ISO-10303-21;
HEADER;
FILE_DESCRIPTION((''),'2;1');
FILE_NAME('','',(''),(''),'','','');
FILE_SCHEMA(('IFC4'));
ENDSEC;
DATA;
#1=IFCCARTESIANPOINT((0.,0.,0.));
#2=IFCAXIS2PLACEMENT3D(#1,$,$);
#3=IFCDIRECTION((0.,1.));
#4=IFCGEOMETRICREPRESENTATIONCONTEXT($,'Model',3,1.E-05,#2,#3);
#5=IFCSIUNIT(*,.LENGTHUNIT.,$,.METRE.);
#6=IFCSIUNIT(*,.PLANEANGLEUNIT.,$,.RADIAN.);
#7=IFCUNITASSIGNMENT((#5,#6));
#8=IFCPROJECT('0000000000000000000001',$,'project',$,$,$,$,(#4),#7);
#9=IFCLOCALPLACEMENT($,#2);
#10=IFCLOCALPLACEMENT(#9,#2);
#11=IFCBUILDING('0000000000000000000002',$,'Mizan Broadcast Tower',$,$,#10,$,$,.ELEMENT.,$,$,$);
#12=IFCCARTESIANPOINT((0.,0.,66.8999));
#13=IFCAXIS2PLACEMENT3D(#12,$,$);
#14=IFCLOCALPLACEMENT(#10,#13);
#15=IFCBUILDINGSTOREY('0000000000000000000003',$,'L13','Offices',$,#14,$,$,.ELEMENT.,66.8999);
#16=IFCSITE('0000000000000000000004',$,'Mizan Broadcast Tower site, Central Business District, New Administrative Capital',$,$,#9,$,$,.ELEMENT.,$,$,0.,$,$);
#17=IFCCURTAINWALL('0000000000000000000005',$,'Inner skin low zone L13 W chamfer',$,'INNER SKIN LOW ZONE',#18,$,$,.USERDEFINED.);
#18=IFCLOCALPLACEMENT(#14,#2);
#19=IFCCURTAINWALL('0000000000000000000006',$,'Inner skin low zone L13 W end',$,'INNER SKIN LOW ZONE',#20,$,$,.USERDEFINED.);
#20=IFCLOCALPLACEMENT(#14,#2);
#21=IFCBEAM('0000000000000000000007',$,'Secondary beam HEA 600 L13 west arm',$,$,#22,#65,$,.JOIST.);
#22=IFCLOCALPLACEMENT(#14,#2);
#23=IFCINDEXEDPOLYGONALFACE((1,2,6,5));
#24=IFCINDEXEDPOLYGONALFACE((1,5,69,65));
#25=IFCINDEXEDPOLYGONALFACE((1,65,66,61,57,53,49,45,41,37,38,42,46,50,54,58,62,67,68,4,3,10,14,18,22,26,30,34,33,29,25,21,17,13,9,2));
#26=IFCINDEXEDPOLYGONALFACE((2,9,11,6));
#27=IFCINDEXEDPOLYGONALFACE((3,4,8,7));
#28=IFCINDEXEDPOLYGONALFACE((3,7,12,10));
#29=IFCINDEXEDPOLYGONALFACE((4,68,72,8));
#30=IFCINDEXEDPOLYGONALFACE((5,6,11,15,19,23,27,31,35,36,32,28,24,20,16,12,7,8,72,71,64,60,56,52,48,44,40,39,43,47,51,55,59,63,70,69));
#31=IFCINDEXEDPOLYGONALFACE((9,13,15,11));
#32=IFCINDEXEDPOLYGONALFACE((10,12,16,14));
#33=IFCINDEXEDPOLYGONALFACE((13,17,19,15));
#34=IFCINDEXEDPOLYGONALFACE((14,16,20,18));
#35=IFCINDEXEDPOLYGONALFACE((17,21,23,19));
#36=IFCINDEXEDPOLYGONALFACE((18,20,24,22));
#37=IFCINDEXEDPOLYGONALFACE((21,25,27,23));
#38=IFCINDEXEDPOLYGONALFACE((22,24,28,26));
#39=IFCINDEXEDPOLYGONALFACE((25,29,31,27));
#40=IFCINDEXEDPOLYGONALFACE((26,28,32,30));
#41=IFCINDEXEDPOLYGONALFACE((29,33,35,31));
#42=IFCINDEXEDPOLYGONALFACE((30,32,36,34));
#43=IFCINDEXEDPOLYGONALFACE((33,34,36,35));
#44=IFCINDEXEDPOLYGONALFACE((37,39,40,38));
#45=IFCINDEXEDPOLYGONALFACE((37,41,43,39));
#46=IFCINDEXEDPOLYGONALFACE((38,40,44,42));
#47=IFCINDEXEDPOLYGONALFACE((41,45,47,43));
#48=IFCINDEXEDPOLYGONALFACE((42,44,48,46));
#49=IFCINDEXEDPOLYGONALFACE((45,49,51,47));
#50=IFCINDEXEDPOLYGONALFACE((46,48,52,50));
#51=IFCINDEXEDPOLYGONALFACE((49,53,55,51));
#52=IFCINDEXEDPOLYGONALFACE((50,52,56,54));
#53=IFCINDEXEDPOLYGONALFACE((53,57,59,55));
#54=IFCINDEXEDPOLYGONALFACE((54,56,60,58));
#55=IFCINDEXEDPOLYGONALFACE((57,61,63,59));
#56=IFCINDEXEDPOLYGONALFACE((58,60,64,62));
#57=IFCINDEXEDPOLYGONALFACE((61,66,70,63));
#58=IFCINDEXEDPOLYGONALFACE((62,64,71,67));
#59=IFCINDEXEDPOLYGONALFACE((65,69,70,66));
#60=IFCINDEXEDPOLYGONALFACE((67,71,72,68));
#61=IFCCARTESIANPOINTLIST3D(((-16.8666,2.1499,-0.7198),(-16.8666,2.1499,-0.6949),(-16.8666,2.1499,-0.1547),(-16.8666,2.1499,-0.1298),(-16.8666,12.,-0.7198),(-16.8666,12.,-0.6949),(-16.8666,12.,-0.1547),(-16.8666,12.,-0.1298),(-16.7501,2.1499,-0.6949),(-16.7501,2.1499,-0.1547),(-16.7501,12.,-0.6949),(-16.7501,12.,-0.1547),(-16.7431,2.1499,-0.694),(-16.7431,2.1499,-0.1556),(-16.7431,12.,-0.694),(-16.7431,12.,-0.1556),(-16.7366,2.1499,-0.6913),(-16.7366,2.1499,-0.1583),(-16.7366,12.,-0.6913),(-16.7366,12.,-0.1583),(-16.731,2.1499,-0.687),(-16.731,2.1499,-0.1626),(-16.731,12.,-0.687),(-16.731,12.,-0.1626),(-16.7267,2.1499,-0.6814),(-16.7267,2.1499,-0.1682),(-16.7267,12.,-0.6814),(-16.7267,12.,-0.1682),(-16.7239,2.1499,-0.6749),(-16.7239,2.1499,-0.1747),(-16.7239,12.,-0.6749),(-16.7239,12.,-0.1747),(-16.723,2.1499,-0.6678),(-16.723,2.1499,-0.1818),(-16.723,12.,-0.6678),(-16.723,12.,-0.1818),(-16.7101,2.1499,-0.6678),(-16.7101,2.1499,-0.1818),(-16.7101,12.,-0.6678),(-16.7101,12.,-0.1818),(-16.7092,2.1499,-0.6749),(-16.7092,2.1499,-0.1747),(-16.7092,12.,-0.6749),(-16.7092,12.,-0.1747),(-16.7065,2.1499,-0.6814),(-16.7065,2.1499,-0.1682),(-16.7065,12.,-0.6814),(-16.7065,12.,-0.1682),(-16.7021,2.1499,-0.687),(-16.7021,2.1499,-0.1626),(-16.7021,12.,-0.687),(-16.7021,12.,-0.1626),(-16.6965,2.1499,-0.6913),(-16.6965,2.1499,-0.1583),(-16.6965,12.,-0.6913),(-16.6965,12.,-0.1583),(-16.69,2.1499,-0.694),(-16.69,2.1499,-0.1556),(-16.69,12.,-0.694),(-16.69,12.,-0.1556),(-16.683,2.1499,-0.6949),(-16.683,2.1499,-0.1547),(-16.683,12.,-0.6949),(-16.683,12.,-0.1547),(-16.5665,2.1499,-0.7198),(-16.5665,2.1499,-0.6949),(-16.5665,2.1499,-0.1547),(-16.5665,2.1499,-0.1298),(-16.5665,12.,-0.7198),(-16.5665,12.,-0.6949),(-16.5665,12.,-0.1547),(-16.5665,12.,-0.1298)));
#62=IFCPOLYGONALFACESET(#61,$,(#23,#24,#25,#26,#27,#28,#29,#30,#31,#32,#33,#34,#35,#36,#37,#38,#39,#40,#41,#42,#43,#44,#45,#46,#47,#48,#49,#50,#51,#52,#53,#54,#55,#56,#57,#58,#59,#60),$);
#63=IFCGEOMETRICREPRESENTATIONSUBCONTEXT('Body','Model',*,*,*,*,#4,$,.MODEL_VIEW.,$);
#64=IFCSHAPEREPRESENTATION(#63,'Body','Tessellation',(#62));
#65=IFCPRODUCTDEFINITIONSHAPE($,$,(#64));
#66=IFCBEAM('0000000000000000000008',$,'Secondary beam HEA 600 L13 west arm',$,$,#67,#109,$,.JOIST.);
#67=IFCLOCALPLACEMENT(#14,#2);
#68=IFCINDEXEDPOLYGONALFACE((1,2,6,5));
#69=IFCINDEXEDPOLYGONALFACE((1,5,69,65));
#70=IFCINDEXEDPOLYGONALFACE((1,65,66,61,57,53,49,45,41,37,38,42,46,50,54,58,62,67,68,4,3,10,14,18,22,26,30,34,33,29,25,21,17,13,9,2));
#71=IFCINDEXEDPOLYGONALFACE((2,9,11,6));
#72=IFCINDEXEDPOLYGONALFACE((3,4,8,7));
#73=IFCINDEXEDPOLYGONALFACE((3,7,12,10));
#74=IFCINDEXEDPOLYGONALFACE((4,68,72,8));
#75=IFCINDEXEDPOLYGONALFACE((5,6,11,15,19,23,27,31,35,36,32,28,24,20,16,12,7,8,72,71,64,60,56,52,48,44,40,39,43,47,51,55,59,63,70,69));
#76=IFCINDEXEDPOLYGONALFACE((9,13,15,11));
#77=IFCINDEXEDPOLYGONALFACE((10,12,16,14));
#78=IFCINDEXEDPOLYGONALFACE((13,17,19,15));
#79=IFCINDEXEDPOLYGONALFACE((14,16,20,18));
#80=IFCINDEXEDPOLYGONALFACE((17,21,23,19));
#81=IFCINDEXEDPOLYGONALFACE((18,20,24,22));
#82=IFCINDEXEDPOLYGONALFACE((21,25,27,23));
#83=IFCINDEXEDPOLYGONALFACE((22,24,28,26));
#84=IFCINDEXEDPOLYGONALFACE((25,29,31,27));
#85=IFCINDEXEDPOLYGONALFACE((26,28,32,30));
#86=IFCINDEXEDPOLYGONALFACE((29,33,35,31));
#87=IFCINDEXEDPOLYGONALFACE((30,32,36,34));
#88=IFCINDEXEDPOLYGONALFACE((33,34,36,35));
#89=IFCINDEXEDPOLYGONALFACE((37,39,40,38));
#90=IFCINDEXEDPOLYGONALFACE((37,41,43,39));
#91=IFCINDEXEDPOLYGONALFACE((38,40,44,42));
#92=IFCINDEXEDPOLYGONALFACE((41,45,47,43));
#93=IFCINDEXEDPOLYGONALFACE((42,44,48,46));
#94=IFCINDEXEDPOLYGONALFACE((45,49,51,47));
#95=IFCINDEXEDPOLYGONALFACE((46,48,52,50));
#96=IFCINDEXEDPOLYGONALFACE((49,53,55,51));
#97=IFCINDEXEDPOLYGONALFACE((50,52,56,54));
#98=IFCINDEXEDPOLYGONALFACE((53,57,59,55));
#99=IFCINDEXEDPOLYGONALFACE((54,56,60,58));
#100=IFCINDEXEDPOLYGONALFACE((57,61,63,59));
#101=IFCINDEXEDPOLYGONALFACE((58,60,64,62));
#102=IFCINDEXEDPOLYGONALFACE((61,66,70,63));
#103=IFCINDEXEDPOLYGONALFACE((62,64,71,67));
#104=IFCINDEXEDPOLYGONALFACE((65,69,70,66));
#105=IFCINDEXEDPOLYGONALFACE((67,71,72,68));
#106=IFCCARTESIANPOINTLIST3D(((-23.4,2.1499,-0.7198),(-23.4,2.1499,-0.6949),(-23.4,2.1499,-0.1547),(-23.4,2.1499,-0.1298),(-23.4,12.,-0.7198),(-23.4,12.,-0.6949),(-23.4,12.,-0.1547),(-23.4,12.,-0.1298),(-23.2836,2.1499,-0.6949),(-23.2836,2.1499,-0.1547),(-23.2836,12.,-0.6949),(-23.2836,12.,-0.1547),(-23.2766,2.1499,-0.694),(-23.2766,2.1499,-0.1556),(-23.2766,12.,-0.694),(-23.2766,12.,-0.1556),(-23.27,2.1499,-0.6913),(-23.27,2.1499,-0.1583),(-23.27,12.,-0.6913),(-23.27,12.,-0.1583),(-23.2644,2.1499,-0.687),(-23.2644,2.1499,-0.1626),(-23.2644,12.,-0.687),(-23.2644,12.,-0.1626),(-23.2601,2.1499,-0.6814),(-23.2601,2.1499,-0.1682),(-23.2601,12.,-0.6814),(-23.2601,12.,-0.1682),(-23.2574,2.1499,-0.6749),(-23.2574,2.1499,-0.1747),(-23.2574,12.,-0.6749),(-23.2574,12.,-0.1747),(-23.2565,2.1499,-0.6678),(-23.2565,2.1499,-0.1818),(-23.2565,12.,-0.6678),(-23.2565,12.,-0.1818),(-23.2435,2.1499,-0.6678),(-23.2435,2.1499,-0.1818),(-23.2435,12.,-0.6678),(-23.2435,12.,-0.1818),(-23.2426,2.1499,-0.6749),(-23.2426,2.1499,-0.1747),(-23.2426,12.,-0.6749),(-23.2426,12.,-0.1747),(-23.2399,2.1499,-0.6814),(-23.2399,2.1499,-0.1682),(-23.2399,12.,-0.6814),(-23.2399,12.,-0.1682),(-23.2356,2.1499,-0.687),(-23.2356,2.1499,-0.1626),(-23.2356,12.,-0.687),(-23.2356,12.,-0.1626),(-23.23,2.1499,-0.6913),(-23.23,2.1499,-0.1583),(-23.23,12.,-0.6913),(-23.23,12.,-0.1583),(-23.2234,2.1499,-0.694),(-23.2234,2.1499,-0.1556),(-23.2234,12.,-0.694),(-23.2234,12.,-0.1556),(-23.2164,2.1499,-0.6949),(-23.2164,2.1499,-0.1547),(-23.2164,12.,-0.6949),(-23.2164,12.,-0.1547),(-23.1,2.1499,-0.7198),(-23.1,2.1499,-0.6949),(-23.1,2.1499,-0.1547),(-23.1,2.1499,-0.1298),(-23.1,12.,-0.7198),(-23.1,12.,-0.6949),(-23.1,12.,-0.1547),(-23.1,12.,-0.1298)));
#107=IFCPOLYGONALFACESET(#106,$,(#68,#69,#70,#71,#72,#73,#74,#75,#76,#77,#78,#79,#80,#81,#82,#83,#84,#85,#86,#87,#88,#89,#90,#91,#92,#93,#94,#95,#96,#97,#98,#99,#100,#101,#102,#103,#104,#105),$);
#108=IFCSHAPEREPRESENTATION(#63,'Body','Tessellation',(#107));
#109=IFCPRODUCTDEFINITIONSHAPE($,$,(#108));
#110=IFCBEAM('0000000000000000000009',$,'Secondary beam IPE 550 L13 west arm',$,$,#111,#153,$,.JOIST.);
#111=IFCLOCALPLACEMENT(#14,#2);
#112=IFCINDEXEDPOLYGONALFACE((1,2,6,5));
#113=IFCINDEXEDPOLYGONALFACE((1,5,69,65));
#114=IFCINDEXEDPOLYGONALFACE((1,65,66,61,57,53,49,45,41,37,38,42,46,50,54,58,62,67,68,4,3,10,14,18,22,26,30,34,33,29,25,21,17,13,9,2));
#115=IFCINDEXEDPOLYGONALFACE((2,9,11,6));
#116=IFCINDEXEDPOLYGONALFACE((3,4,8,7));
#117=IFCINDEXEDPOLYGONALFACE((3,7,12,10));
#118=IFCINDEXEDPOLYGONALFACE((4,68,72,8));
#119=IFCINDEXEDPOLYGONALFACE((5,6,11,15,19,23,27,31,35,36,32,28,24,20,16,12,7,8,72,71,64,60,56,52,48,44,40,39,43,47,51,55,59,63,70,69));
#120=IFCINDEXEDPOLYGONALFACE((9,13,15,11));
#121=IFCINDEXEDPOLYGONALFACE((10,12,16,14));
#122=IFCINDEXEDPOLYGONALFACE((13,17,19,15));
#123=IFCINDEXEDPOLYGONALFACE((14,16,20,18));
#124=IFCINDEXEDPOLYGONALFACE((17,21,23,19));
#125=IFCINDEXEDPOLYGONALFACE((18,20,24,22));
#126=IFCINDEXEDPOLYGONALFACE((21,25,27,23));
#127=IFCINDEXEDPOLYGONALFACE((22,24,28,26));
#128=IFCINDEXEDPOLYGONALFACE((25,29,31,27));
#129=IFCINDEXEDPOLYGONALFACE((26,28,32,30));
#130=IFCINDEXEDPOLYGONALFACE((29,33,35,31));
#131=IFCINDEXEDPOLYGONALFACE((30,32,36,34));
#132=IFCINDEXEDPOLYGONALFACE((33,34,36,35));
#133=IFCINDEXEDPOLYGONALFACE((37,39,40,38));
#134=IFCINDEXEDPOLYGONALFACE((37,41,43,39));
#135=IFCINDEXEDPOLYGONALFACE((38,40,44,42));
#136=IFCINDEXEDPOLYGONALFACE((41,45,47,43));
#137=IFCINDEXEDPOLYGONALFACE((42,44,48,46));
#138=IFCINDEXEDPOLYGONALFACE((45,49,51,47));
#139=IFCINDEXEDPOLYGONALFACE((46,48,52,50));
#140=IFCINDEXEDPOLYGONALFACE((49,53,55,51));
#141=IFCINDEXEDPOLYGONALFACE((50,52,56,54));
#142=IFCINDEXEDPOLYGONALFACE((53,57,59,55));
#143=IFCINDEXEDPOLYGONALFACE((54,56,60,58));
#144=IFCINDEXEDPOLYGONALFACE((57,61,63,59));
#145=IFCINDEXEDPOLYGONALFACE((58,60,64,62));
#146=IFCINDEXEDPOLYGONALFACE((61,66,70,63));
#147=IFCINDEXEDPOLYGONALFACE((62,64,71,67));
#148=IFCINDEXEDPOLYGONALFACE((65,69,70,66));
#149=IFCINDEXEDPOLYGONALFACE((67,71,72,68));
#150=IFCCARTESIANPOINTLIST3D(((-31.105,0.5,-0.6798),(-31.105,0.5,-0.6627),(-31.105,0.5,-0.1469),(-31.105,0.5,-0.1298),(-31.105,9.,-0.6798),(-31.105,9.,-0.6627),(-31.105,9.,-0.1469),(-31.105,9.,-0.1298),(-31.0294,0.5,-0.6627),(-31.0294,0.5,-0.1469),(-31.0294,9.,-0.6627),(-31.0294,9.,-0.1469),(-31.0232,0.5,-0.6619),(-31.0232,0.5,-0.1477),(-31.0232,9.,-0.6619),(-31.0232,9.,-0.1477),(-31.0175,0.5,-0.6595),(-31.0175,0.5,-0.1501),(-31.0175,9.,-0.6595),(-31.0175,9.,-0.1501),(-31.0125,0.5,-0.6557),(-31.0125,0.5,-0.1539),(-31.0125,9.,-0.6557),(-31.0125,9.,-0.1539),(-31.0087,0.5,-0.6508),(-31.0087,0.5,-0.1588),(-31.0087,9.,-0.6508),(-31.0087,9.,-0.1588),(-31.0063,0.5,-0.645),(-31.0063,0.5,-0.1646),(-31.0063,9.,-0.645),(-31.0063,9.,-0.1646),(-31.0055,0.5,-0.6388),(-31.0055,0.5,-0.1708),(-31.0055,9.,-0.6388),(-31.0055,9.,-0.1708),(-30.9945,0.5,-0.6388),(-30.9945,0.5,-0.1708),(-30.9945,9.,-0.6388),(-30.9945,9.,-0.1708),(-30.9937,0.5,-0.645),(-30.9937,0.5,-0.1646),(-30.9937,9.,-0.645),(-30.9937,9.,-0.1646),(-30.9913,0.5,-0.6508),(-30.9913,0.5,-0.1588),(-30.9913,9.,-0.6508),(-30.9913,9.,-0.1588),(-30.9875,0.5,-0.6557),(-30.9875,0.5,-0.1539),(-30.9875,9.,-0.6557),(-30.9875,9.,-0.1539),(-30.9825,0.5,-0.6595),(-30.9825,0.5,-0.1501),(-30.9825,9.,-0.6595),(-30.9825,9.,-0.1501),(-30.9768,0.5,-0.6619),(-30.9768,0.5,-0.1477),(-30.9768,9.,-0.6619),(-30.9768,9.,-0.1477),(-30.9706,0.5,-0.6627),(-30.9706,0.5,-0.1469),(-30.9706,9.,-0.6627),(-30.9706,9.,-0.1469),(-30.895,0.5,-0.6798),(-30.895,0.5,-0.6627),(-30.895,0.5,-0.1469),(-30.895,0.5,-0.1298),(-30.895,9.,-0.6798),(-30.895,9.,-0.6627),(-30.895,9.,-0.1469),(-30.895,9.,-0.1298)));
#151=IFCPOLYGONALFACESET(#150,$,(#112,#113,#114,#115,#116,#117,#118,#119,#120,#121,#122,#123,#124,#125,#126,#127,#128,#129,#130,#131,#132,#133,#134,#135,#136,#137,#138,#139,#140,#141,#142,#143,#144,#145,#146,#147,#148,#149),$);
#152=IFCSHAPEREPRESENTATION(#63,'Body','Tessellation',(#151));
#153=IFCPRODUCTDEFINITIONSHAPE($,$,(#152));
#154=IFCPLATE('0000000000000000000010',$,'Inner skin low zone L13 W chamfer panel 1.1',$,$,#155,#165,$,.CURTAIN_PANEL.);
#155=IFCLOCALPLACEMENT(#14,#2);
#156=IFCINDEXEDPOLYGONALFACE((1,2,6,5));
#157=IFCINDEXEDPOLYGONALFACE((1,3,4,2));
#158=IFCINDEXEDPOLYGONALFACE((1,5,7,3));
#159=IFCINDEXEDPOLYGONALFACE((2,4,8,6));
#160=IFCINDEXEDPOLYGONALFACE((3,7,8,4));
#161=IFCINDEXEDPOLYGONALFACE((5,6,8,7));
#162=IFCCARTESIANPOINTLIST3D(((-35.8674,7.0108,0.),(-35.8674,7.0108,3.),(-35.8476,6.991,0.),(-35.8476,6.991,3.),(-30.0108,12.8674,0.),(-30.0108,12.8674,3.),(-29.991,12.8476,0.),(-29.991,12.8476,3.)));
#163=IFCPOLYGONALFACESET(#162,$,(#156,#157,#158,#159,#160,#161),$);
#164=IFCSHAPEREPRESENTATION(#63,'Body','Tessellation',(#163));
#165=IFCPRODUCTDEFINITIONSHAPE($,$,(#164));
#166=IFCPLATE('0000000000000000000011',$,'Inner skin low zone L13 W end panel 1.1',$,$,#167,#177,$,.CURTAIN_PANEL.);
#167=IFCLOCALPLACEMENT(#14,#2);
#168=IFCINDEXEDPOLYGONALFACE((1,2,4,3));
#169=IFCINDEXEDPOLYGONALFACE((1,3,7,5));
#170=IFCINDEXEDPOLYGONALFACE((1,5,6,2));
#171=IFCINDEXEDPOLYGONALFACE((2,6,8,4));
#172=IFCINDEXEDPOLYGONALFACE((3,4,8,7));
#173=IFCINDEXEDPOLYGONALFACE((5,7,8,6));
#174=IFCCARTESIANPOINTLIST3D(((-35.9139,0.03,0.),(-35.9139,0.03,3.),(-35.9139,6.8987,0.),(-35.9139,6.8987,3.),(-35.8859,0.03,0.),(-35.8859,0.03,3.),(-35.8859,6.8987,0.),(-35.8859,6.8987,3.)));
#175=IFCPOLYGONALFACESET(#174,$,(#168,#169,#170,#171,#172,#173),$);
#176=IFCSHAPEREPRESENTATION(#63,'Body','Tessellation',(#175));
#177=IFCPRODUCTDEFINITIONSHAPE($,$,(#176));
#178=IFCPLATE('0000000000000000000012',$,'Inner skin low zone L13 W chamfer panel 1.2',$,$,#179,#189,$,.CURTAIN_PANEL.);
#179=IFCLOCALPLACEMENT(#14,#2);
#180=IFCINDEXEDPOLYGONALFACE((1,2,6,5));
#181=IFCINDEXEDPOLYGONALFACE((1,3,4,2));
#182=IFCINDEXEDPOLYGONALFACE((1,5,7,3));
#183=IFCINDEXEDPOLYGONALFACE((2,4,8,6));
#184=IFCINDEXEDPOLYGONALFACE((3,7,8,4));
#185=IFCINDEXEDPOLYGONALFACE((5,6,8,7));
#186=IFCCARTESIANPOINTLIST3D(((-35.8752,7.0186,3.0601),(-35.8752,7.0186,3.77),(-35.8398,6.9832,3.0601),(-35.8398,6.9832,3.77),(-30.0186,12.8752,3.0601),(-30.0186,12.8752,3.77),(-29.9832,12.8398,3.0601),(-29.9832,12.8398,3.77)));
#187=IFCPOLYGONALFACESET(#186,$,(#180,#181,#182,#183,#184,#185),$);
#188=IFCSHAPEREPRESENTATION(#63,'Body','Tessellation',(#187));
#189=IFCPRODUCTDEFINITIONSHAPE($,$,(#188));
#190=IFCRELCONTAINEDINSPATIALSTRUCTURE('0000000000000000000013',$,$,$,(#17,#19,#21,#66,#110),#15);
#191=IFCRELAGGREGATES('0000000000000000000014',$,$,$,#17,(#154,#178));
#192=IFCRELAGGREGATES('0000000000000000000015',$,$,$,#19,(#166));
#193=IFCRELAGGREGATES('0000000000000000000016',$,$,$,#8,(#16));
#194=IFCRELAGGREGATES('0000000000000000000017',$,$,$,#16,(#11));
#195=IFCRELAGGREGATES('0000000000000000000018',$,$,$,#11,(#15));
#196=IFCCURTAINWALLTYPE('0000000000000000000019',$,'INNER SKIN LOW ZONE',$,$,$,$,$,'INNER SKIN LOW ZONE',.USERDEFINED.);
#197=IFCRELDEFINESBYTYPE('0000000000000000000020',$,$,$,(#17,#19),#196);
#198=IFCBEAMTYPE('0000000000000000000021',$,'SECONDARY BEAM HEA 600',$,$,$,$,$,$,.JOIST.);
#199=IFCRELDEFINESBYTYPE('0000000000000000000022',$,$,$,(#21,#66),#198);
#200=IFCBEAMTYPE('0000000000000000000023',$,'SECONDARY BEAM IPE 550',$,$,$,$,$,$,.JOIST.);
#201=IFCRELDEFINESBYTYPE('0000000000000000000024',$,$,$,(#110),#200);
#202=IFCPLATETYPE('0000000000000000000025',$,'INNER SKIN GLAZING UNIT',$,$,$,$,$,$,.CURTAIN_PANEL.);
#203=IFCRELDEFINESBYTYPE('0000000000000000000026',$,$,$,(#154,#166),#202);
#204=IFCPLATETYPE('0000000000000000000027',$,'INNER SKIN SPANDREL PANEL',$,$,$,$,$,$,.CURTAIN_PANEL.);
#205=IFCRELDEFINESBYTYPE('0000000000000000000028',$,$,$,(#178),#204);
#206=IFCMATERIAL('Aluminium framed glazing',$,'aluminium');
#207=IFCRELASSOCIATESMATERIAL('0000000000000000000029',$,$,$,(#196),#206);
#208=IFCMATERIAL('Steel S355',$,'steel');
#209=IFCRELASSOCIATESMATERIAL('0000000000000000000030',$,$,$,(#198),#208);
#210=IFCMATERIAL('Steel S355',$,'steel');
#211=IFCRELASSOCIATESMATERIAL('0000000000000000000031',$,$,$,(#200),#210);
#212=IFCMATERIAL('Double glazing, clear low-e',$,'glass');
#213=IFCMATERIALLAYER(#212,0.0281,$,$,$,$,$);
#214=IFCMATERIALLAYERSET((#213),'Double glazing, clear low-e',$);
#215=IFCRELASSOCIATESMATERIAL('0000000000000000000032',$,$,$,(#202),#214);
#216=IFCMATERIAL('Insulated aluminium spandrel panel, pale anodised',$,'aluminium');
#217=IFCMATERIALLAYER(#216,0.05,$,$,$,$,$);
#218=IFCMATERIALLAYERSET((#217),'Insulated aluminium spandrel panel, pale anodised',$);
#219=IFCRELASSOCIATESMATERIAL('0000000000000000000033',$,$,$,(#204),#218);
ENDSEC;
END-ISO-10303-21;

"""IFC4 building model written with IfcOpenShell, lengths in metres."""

from ifc_helpers import new_model, si_unit, direction, frame, origin, origin_2d, place, context, subcontext, project, spatial, rectangle, i_section, extrude, material, layer, layer_set, material_profile, profile_set, type_object, element, aggregate, save


model = new_model("IFC4")

# Units and contexts
model_context = context("Model", 3, precision=1e-05, world=origin(), true_north=direction((0.0, 1.0)))
body_context = subcontext(model_context, "Body", "Model", "MODEL_VIEW")
ifc_project = project(units=[si_unit("LENGTHUNIT", "METRE"), si_unit("PLANEANGLEUNIT", "RADIAN")], contexts=[model_context])

# Site, building, storey
site_placement = place(None, origin())
site = spatial("IfcSite", under=ifc_project, at=site_placement, Name="Mizan Broadcast Tower site, Central Business District, New Administrative Capital", CompositionType="ELEMENT", RefElevation=0.0)
building_placement = place(site_placement, origin())
building = spatial("IfcBuilding", under=site, at=building_placement, Name="Mizan Broadcast Tower", CompositionType="ELEMENT")
storey_placement = place(building_placement, frame((0.0, 0.0, 66.8999)))
storey = spatial("IfcBuildingStorey", under=building, at=storey_placement, Name="L13", Description="Offices", CompositionType="ELEMENT", Elevation=66.8999)

# Curtain walls
ifc_material_1 = material(Name="Aluminium framed glazing", Category="aluminium")
curtain_wall_type_1 = type_object("IfcCurtainWallType", Name="INNER SKIN LOW ZONE", ElementType="INNER SKIN LOW ZONE", PredefinedType="USERDEFINED", material=ifc_material_1)
curtain_wall_1_placement = place(storey_placement, origin())
curtain_wall_1 = element("IfcCurtainWall", 1, at=curtain_wall_1_placement, inside=storey, type_object=curtain_wall_type_1, Name="Inner skin low zone L13 W chamfer", ObjectType="INNER SKIN LOW ZONE", PredefinedType="USERDEFINED")
curtain_wall_2_placement = place(storey_placement, origin())
curtain_wall_2 = element("IfcCurtainWall", 2, at=curtain_wall_2_placement, inside=storey, type_object=curtain_wall_type_1, Name="Inner skin low zone L13 W end", ObjectType="INNER SKIN LOW ZONE", PredefinedType="USERDEFINED")

# Beams
ifc_material_2 = material(Name="Steel S355", Category="steel")
ifc_material_profile_1 = material_profile(ifc_material_2, i_section(OverallWidth=0.3, OverallDepth=0.5901, WebThickness=0.0129, FlangeThickness=0.0249, FilletRadius=0.0271, at=origin_2d()), Name="HEA 600")
ifc_profile_set_1 = profile_set([ifc_material_profile_1], Name="Steel S355")
beam_type_1 = type_object("IfcBeamType", Name="SECONDARY BEAM HEA 600", PredefinedType="JOIST", material=ifc_profile_set_1)
for number, where, z_axis, x_axis, name in (
    (3, (-16.7166, 12.0, -0.4248), (0.0, -1.0, 0.0), (1.0, 0.0, 0.0), "Secondary beam HEA 600 L13 west arm"),
    (4, (-23.25, 12.0, -0.4248), (0.0, -1.0, 0.0), (1.0, 0.0, 0.0), "Secondary beam HEA 600 L13 west arm"),
):
    element("IfcBeam", number, at=place(storey_placement, frame(where, z_axis=z_axis, x_axis=x_axis)), inside=storey, type_object=beam_type_1, Name=name, PredefinedType="JOIST", context=body_context, shape_type="SweptSolid", body=[
        extrude(i_section(OverallWidth=0.3, OverallDepth=0.5901, WebThickness=0.0129, FlangeThickness=0.0249, FilletRadius=0.0271, at=origin_2d()), origin(), (0.0, 0.0, 1.0), 9.8501),
    ])
ifc_material_3 = material(Name="Steel S355", Category="steel")
ifc_material_profile_2 = material_profile(ifc_material_3, i_section(OverallWidth=0.21, OverallDepth=0.55, WebThickness=0.011, FlangeThickness=0.0171, FilletRadius=0.0239, at=origin_2d()), Name="IPE 550")
ifc_profile_set_2 = profile_set([ifc_material_profile_2], Name="Steel S355")
beam_type_2 = type_object("IfcBeamType", Name="SECONDARY BEAM IPE 550", PredefinedType="JOIST", material=ifc_profile_set_2)
beam_1_placement = place(storey_placement, frame((-31.0, 9.0, -0.4048), z_axis=(0.0, -1.0, 0.0), x_axis=(1.0, 0.0, 0.0)))
element("IfcBeam", 5, at=beam_1_placement, inside=storey, type_object=beam_type_2, Name="Secondary beam IPE 550 L13 west arm", PredefinedType="JOIST", context=body_context, shape_type="SweptSolid", body=[
    extrude(i_section(OverallWidth=0.21, OverallDepth=0.55, WebThickness=0.011, FlangeThickness=0.0171, FilletRadius=0.0239, at=origin_2d()), origin(), (0.0, 0.0, 1.0), 8.5),
])

# Plates
ifc_material_4 = material(Name="Double glazing, clear low-e", Category="glass")
ifc_layer_1 = layer(ifc_material_4, 0.0281)
ifc_layer_set_1 = layer_set([ifc_layer_1], Name="Double glazing, clear low-e")
plate_type_1 = type_object("IfcPlateType", Name="INNER SKIN GLAZING UNIT", PredefinedType="CURTAIN_PANEL", material=ifc_layer_set_1)
plate_1_placement = place(storey_placement, frame((-32.9292, 9.9292, 0.0), z_axis=(0.0, 0.0, 1.0), x_axis=(-0.707107, -0.707107, 0.0)))
plate_1 = element("IfcPlate", 6, at=plate_1_placement, type_object=plate_type_1, Name="Inner skin low zone L13 W chamfer panel 1.1", PredefinedType="CURTAIN_PANEL", context=body_context, shape_type="SweptSolid", body=[
    extrude(rectangle(XDim=8.2825, YDim=0.0281, at=origin_2d()), origin(), (0.0, 0.0, 1.0), 3.0),
])
plate_2_placement = place(storey_placement, frame((-35.8999, 3.4644, 0.0), z_axis=(0.0, 0.0, 1.0), x_axis=(0.0, -1.0, 0.0)))
plate_2 = element("IfcPlate", 7, at=plate_2_placement, type_object=plate_type_1, Name="Inner skin low zone L13 W end panel 1.1", PredefinedType="CURTAIN_PANEL", context=body_context, shape_type="SweptSolid", body=[
    extrude(rectangle(XDim=6.8687, YDim=0.0281, at=origin_2d()), origin(), (0.0, 0.0, 1.0), 3.0),
])
ifc_material_5 = material(Name="Insulated aluminium spandrel panel, pale anodised", Category="aluminium")
ifc_layer_2 = layer(ifc_material_5, 0.05)
ifc_layer_set_2 = layer_set([ifc_layer_2], Name="Insulated aluminium spandrel panel, pale anodised")
plate_type_2 = type_object("IfcPlateType", Name="INNER SKIN SPANDREL PANEL", PredefinedType="CURTAIN_PANEL", material=ifc_layer_set_2)
plate_3_placement = place(storey_placement, frame((-32.9292, 9.9292, 3.0601), z_axis=(0.0, 0.0, 1.0), x_axis=(-0.707107, -0.707107, 0.0)))
plate_3 = element("IfcPlate", 8, at=plate_3_placement, type_object=plate_type_2, Name="Inner skin low zone L13 W chamfer panel 1.2", PredefinedType="CURTAIN_PANEL", context=body_context, shape_type="SweptSolid", body=[
    extrude(rectangle(XDim=8.2825, YDim=0.05, at=origin_2d()), origin(), (0.0, 0.0, 1.0), 0.71),
])
aggregate(curtain_wall_1, [plate_1, plate_3])
aggregate(curtain_wall_2, [plate_2])

save(model, "model.ifc")
